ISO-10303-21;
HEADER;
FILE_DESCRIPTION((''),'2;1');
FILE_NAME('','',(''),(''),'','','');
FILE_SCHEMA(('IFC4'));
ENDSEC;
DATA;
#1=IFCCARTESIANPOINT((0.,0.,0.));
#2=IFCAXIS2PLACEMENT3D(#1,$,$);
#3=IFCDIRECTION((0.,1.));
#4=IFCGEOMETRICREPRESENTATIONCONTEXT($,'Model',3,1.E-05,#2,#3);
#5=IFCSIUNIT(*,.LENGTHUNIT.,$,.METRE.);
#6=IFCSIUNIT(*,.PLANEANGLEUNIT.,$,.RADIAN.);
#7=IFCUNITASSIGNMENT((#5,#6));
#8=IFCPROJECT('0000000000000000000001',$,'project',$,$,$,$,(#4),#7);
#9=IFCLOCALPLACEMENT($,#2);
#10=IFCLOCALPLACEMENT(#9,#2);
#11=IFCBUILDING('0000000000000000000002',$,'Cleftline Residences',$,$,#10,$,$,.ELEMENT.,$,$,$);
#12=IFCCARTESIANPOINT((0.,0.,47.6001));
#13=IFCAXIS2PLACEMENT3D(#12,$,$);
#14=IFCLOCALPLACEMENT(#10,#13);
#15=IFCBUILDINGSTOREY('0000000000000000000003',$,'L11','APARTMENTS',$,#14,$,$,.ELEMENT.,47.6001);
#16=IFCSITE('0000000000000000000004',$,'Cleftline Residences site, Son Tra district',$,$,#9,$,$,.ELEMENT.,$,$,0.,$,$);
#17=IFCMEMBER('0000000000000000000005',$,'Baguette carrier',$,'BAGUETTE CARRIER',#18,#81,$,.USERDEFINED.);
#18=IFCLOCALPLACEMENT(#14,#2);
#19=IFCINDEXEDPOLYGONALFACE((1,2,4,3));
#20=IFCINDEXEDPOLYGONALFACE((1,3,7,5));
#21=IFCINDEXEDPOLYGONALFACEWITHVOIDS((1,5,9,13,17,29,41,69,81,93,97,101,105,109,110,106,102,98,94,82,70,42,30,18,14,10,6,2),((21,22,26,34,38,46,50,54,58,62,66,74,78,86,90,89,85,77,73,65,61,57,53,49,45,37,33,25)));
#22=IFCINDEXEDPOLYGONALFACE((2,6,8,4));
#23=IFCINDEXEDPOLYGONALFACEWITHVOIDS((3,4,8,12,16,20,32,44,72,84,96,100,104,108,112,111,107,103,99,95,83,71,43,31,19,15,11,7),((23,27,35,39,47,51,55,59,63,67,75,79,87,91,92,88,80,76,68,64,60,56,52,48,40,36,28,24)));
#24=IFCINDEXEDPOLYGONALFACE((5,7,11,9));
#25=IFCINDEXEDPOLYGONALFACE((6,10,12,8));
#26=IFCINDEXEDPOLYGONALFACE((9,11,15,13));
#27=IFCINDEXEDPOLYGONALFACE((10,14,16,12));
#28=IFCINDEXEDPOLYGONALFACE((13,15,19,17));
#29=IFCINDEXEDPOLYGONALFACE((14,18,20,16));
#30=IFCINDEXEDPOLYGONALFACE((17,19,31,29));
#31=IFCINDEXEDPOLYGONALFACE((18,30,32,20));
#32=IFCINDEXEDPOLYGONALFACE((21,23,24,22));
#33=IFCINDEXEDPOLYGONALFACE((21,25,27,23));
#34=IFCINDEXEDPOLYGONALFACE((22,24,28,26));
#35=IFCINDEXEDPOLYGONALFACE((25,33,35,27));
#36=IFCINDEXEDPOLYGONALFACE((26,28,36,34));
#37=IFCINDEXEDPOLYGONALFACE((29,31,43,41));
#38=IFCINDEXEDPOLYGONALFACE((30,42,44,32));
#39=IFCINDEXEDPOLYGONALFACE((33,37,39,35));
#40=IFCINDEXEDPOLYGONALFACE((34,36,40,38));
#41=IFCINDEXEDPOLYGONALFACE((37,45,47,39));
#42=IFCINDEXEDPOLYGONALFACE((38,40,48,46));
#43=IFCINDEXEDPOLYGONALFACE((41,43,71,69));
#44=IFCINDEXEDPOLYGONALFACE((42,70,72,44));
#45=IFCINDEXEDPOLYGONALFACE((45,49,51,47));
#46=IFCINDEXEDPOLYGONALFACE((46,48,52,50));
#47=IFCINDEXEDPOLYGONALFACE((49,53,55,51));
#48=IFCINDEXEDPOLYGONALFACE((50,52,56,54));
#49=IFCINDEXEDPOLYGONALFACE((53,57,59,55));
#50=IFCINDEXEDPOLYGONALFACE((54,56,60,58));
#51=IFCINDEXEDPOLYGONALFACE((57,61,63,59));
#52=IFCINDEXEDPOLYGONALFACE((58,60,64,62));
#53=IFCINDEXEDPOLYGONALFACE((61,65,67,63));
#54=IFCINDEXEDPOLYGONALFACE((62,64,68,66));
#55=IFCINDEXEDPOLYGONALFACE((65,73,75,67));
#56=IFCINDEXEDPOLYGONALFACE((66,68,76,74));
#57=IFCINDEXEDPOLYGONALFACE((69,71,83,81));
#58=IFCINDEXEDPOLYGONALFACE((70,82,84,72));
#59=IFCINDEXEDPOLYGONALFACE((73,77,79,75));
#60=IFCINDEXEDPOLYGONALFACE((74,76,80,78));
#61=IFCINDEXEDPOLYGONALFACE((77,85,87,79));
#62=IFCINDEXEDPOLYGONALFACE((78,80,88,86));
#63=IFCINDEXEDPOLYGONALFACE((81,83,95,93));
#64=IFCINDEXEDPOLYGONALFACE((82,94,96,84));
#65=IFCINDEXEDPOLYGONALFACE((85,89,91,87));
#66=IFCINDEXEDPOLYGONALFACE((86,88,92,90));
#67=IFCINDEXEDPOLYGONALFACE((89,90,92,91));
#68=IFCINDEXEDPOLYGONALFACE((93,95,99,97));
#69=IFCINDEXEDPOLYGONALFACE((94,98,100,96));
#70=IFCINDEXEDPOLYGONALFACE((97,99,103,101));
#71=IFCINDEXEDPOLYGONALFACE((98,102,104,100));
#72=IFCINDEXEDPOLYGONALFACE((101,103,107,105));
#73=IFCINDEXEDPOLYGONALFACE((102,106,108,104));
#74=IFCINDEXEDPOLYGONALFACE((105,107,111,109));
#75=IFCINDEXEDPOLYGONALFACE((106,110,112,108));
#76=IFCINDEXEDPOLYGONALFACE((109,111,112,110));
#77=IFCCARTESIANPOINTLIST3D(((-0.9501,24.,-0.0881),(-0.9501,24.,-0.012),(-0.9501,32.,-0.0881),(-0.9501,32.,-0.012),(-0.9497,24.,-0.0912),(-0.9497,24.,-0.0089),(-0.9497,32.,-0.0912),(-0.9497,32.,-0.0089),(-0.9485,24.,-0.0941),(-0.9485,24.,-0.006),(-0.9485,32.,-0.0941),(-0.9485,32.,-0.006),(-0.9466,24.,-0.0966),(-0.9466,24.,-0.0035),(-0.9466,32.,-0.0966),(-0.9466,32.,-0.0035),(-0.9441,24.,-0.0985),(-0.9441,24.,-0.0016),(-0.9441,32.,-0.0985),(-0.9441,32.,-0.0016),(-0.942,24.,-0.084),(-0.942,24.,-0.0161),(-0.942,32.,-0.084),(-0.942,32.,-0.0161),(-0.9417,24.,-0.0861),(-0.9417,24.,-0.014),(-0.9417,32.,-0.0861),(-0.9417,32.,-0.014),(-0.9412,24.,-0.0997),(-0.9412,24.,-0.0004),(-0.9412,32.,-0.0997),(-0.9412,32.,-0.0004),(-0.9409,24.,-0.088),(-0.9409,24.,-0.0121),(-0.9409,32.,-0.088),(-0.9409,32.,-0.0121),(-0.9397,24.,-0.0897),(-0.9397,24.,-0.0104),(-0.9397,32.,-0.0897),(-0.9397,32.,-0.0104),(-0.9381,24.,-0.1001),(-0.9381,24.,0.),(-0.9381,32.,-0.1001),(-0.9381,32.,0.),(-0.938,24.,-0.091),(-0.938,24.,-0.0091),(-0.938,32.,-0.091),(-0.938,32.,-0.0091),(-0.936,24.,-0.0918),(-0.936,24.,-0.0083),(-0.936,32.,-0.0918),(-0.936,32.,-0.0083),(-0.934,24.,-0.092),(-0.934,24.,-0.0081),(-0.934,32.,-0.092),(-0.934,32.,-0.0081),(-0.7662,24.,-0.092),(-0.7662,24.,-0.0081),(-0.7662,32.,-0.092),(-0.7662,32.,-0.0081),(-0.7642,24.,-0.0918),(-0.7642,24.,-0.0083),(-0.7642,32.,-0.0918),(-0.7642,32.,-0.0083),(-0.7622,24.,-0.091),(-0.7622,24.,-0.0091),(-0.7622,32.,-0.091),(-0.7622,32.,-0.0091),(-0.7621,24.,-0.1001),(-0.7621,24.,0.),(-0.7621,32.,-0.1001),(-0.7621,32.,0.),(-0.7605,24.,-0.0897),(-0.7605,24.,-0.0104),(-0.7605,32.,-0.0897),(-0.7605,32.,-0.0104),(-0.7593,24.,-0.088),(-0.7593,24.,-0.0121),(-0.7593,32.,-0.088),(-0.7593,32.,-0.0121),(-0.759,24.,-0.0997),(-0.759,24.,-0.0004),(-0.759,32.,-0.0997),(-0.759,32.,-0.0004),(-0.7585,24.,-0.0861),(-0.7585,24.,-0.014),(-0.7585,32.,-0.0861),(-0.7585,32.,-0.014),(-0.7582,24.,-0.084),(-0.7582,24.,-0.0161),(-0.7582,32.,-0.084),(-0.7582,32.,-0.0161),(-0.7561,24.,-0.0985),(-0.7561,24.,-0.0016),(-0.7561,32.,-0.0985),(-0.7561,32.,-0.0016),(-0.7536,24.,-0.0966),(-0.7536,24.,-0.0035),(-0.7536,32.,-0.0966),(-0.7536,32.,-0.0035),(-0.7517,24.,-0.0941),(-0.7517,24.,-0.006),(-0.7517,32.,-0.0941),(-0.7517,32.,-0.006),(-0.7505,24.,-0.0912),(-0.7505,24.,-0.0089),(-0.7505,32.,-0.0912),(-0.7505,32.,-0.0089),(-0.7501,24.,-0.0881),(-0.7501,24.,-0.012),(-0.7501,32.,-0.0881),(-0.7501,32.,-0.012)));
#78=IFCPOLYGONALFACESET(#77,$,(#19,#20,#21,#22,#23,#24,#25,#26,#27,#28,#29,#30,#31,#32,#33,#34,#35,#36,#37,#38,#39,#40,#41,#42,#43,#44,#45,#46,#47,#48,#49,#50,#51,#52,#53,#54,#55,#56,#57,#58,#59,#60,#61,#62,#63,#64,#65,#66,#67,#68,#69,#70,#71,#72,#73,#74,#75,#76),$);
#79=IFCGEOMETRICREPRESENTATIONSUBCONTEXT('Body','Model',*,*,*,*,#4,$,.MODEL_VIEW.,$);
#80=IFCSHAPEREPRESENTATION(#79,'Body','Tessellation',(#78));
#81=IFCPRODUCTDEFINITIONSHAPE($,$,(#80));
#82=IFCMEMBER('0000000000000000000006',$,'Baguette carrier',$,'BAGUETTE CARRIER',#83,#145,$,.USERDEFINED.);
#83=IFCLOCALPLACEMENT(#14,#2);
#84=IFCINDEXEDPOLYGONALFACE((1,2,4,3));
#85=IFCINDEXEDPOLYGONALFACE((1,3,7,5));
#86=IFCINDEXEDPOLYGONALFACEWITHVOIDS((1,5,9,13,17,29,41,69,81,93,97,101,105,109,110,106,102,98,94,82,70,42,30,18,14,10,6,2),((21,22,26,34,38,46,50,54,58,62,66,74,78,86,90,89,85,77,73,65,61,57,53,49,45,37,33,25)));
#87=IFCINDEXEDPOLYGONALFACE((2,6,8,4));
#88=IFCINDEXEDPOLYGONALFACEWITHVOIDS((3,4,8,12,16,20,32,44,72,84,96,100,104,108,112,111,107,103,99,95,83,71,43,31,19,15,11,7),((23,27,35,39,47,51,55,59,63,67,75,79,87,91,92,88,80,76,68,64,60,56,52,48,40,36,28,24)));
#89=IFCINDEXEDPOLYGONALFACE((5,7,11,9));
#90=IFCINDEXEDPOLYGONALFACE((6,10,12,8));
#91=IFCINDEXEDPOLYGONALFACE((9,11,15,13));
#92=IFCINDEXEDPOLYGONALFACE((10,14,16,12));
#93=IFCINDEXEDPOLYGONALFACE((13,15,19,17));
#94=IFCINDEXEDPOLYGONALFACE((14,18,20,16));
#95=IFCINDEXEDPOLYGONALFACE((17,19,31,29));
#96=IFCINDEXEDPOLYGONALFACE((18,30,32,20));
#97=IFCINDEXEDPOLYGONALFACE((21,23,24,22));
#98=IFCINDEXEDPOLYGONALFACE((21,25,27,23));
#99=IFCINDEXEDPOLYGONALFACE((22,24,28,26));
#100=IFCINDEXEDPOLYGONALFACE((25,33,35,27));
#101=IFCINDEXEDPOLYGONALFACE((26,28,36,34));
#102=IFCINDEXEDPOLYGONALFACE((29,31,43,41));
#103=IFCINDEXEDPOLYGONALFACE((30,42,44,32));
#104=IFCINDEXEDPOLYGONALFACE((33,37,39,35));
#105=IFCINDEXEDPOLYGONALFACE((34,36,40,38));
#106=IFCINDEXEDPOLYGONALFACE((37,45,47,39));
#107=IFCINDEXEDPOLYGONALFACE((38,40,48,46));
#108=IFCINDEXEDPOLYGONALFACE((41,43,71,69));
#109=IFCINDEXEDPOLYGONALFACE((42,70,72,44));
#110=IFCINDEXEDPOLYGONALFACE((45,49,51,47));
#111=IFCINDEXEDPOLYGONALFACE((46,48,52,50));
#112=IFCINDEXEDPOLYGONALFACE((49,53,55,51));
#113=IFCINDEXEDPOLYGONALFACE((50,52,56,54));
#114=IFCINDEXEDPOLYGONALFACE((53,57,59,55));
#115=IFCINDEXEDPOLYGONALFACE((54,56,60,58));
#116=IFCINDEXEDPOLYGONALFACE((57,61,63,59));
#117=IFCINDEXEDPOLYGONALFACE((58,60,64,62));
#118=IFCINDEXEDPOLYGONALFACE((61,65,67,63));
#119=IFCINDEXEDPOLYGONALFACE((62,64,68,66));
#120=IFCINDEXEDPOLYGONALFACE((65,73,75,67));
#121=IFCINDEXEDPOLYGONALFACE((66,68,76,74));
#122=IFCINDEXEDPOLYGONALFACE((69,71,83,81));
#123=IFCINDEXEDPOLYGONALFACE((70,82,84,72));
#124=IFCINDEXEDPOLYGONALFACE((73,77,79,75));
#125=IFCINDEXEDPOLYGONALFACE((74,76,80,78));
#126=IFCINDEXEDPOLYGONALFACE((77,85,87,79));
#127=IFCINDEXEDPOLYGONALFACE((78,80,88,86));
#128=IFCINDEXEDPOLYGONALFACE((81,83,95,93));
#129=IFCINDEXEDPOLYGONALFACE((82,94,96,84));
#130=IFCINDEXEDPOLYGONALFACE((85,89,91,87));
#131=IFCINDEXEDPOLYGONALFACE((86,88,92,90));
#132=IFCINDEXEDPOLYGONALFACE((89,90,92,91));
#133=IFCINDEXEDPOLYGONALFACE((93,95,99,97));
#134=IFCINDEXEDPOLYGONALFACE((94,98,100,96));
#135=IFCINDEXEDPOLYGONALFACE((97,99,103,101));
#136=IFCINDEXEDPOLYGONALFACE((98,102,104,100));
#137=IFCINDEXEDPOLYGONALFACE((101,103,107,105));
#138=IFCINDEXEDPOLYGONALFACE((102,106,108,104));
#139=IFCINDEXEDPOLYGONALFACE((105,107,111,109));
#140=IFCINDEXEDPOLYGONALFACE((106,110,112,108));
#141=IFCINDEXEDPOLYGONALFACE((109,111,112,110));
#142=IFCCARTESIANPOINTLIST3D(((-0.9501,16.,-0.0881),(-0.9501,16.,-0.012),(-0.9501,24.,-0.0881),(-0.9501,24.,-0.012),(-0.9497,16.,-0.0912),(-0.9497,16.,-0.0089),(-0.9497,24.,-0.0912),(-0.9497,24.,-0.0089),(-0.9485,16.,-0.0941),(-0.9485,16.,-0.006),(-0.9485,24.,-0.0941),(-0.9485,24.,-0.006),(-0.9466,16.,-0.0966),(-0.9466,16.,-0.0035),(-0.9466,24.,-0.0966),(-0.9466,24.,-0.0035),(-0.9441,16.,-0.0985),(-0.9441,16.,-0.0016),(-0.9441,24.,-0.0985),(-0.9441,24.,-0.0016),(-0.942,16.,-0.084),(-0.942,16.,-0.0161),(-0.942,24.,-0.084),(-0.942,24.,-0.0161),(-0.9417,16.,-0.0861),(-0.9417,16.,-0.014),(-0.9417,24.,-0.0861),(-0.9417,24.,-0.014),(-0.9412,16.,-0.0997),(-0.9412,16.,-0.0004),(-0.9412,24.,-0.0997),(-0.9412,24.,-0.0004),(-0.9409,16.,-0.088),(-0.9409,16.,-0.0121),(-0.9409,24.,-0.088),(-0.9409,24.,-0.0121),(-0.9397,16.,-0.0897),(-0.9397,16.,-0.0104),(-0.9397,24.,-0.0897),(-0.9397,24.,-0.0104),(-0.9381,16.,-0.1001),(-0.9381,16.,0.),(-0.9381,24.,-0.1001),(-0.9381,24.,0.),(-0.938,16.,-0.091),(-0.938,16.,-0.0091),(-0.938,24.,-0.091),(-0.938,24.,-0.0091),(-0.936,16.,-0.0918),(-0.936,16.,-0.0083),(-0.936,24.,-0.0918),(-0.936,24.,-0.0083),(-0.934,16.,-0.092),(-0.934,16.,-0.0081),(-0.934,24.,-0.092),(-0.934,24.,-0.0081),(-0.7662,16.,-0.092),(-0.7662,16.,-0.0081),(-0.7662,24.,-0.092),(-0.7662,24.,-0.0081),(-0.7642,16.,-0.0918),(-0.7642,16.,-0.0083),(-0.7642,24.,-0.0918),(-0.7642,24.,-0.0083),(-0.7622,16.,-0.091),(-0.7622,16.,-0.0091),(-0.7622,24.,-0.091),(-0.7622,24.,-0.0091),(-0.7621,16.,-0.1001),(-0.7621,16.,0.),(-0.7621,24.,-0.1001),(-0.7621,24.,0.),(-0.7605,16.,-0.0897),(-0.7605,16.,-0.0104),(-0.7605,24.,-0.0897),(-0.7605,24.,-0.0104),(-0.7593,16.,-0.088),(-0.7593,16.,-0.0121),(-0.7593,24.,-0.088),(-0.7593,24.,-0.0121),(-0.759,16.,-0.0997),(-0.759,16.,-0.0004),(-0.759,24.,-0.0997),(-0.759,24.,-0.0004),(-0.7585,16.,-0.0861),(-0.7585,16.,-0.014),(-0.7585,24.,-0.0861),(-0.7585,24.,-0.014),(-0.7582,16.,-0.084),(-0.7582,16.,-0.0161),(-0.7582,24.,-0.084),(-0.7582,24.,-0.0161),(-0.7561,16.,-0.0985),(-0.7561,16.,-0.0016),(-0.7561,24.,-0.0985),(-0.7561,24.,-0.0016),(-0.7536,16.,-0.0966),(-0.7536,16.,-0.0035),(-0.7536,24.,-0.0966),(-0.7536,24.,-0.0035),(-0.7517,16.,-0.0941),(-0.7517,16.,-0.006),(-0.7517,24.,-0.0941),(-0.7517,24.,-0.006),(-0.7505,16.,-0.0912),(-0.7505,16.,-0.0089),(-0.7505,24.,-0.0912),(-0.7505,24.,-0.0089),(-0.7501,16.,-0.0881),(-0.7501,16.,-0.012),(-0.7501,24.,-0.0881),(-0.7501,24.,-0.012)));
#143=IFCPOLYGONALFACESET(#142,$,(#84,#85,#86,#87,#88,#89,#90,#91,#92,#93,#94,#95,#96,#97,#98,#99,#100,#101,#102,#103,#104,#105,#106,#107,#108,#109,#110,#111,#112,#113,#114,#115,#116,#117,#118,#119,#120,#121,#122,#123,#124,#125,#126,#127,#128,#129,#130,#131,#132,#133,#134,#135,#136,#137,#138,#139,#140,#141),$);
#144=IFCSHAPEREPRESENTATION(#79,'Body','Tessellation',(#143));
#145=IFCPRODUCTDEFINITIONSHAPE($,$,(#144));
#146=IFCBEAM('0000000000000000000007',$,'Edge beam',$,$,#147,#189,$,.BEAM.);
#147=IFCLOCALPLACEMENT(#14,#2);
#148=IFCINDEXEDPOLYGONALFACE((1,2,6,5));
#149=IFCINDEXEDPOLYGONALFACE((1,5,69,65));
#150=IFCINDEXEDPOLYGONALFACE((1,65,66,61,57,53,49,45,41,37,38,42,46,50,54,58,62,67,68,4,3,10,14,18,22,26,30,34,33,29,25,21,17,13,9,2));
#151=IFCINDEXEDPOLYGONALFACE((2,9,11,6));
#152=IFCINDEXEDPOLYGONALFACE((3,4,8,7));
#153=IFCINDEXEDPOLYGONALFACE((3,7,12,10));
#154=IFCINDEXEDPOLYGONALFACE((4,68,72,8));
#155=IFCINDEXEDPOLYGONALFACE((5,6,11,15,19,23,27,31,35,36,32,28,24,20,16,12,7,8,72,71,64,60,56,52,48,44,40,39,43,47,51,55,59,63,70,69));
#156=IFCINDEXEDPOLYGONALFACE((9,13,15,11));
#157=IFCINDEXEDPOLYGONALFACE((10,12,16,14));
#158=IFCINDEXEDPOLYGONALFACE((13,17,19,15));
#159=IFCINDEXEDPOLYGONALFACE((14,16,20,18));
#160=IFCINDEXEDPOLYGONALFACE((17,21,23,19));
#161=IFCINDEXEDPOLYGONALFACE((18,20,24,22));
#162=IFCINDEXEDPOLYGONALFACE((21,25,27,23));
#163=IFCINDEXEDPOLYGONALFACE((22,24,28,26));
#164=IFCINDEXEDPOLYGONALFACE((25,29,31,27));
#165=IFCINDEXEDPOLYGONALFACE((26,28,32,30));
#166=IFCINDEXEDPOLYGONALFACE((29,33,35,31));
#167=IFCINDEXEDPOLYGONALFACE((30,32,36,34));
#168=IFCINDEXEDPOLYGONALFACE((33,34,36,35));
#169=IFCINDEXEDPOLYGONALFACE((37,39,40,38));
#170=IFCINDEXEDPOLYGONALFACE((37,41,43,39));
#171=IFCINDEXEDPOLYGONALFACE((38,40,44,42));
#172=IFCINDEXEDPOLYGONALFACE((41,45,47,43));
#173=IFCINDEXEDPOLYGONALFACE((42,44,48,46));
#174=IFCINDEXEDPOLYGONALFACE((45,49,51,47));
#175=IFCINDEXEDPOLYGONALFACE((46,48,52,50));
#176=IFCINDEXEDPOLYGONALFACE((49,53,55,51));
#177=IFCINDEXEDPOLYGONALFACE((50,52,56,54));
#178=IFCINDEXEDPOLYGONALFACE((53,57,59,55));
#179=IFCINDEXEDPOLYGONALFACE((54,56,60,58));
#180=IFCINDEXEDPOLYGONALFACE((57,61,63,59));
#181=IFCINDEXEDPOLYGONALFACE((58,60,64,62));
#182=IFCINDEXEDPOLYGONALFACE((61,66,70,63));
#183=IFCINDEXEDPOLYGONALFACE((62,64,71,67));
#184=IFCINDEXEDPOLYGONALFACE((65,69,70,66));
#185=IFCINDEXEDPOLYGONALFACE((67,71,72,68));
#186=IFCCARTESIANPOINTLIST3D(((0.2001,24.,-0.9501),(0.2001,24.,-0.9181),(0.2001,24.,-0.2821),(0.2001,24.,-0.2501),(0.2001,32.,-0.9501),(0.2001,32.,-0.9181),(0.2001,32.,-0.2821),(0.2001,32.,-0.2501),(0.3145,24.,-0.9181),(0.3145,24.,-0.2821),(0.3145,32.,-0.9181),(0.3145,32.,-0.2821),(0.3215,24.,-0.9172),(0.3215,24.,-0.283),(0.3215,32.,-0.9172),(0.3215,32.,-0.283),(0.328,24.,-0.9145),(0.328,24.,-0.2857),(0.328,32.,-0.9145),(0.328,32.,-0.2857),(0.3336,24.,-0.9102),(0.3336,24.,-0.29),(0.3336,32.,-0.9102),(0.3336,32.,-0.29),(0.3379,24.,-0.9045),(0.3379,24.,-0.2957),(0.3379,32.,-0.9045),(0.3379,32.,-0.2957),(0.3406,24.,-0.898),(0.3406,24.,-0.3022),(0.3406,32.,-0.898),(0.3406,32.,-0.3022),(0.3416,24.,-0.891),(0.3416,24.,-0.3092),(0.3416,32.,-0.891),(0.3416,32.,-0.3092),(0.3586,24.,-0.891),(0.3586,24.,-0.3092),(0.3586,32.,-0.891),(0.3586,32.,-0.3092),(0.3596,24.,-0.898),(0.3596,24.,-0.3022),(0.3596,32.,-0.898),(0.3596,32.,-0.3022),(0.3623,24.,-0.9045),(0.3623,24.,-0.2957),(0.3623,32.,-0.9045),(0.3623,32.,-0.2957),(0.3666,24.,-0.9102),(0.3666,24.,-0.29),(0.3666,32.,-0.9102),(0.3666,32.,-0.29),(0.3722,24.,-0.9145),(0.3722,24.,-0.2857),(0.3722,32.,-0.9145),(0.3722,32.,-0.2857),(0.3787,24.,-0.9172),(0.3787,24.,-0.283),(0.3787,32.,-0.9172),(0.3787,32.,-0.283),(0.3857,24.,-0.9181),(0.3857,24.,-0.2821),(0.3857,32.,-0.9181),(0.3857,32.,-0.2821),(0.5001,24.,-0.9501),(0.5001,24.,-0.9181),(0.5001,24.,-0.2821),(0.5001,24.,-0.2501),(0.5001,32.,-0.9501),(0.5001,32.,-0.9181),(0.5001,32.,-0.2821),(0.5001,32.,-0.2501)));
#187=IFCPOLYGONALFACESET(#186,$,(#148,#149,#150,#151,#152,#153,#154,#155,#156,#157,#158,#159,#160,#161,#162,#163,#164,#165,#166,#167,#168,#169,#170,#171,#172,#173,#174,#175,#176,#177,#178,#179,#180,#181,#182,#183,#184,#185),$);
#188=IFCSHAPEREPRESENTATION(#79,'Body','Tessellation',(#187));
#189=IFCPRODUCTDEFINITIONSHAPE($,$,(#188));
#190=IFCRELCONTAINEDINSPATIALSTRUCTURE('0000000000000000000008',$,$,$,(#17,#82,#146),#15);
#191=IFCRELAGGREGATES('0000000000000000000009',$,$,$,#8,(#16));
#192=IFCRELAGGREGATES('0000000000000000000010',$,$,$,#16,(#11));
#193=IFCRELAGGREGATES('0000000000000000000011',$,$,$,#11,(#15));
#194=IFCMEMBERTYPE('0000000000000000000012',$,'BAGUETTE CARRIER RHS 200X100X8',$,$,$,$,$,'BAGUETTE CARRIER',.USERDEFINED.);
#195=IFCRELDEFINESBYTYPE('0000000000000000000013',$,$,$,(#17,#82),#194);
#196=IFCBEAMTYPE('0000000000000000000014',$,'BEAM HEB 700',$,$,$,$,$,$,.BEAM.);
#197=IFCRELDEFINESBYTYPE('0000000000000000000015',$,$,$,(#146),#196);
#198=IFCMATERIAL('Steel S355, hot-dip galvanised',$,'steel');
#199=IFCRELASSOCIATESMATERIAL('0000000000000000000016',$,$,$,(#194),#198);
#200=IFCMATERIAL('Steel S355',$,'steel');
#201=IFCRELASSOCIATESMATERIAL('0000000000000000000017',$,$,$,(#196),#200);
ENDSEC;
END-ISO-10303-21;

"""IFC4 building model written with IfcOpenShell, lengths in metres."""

from ifc_helpers import new_model, si_unit, direction, frame, origin, origin_2d, place, context, subcontext, project, spatial, hollow_rectangle, i_section, extrude, material, material_profile, profile_set, type_object, element, save


model = new_model("IFC4")

# Units and contexts
model_context = context("Model", 3, precision=1e-05, world=origin(), true_north=direction((0.0, 1.0)))
body_context = subcontext(model_context, "Body", "Model", "MODEL_VIEW")
ifc_project = project(units=[si_unit("LENGTHUNIT", "METRE"), si_unit("PLANEANGLEUNIT", "RADIAN")], contexts=[model_context])

# Site, building, storey
site_placement = place(None, origin())
site = spatial("IfcSite", under=ifc_project, at=site_placement, Name="Cleftline Residences site, Son Tra district", CompositionType="ELEMENT", RefElevation=0.0)
building_placement = place(site_placement, origin())
building = spatial("IfcBuilding", under=site, at=building_placement, Name="Cleftline Residences", CompositionType="ELEMENT")
storey_placement = place(building_placement, frame((0.0, 0.0, 47.6001)))
storey = spatial("IfcBuildingStorey", under=building, at=storey_placement, Name="L11", Description="APARTMENTS", CompositionType="ELEMENT", Elevation=47.6001)

# Members
ifc_material_1 = material(Name="Steel S355, hot-dip galvanised", Category="steel")
ifc_material_profile_1 = material_profile(ifc_material_1, hollow_rectangle(XDim=0.1001, YDim=0.2, WallThickness=0.0081, InnerFilletRadius=0.0081, OuterFilletRadius=0.012, at=origin_2d()))
ifc_profile_set_1 = profile_set([ifc_material_profile_1], Name="Steel S355, hot-dip galvanised")
member_type_1 = type_object("IfcMemberType", Name="BAGUETTE CARRIER RHS 200X100X8", ElementType="BAGUETTE CARRIER", PredefinedType="USERDEFINED", material=ifc_profile_set_1)
for number, where, z_axis, x_axis, name in (
    (1, (-0.8501, 32.0, -0.05), (0.0, -1.0, 0.0), (0.0, 0.0, 1.0), "Baguette carrier"),
    (2, (-0.8501, 24.0, -0.05), (0.0, -1.0, 0.0), (0.0, 0.0, 1.0), "Baguette carrier"),
):
    element("IfcMember", number, at=place(storey_placement, frame(where, z_axis=z_axis, x_axis=x_axis)), inside=storey, type_object=member_type_1, Name=name, ObjectType="BAGUETTE CARRIER", PredefinedType="USERDEFINED", context=body_context, shape_type="SweptSolid", body=[
        extrude(hollow_rectangle(XDim=0.1001, YDim=0.2, WallThickness=0.0081, InnerFilletRadius=0.0081, OuterFilletRadius=0.012, at=origin_2d()), origin(), (0.0, 0.0, 1.0), 8.0),
    ])

# Beam
ifc_material_2 = material(Name="Steel S355", Category="steel")
ifc_material_profile_2 = material_profile(ifc_material_2, i_section(OverallWidth=0.3, OverallDepth=0.7, WebThickness=0.0171, FlangeThickness=0.032, FilletRadius=0.0271, at=origin_2d()))
ifc_profile_set_2 = profile_set([ifc_material_profile_2], Name="Steel S355")
beam_type_1 = type_object("IfcBeamType", Name="BEAM HEB 700", PredefinedType="BEAM", material=ifc_profile_set_2)
for number, where, z_axis, x_axis, name in (
    (3, (0.3501, 24.0, -0.6001), (0.0, 1.0, 0.0), (-1.0, 0.0, 0.0), "Edge beam"),
):
    element("IfcBeam", number, at=place(storey_placement, frame(where, z_axis=z_axis, x_axis=x_axis)), inside=storey, type_object=beam_type_1, Name=name, PredefinedType="BEAM", context=body_context, shape_type="SweptSolid", body=[
        extrude(i_section(OverallWidth=0.3, OverallDepth=0.7, WebThickness=0.0171, FlangeThickness=0.032, FilletRadius=0.0271, at=origin_2d()), origin(), (0.0, 0.0, 1.0), 8.0),
    ])

save(model, "model.ifc")
